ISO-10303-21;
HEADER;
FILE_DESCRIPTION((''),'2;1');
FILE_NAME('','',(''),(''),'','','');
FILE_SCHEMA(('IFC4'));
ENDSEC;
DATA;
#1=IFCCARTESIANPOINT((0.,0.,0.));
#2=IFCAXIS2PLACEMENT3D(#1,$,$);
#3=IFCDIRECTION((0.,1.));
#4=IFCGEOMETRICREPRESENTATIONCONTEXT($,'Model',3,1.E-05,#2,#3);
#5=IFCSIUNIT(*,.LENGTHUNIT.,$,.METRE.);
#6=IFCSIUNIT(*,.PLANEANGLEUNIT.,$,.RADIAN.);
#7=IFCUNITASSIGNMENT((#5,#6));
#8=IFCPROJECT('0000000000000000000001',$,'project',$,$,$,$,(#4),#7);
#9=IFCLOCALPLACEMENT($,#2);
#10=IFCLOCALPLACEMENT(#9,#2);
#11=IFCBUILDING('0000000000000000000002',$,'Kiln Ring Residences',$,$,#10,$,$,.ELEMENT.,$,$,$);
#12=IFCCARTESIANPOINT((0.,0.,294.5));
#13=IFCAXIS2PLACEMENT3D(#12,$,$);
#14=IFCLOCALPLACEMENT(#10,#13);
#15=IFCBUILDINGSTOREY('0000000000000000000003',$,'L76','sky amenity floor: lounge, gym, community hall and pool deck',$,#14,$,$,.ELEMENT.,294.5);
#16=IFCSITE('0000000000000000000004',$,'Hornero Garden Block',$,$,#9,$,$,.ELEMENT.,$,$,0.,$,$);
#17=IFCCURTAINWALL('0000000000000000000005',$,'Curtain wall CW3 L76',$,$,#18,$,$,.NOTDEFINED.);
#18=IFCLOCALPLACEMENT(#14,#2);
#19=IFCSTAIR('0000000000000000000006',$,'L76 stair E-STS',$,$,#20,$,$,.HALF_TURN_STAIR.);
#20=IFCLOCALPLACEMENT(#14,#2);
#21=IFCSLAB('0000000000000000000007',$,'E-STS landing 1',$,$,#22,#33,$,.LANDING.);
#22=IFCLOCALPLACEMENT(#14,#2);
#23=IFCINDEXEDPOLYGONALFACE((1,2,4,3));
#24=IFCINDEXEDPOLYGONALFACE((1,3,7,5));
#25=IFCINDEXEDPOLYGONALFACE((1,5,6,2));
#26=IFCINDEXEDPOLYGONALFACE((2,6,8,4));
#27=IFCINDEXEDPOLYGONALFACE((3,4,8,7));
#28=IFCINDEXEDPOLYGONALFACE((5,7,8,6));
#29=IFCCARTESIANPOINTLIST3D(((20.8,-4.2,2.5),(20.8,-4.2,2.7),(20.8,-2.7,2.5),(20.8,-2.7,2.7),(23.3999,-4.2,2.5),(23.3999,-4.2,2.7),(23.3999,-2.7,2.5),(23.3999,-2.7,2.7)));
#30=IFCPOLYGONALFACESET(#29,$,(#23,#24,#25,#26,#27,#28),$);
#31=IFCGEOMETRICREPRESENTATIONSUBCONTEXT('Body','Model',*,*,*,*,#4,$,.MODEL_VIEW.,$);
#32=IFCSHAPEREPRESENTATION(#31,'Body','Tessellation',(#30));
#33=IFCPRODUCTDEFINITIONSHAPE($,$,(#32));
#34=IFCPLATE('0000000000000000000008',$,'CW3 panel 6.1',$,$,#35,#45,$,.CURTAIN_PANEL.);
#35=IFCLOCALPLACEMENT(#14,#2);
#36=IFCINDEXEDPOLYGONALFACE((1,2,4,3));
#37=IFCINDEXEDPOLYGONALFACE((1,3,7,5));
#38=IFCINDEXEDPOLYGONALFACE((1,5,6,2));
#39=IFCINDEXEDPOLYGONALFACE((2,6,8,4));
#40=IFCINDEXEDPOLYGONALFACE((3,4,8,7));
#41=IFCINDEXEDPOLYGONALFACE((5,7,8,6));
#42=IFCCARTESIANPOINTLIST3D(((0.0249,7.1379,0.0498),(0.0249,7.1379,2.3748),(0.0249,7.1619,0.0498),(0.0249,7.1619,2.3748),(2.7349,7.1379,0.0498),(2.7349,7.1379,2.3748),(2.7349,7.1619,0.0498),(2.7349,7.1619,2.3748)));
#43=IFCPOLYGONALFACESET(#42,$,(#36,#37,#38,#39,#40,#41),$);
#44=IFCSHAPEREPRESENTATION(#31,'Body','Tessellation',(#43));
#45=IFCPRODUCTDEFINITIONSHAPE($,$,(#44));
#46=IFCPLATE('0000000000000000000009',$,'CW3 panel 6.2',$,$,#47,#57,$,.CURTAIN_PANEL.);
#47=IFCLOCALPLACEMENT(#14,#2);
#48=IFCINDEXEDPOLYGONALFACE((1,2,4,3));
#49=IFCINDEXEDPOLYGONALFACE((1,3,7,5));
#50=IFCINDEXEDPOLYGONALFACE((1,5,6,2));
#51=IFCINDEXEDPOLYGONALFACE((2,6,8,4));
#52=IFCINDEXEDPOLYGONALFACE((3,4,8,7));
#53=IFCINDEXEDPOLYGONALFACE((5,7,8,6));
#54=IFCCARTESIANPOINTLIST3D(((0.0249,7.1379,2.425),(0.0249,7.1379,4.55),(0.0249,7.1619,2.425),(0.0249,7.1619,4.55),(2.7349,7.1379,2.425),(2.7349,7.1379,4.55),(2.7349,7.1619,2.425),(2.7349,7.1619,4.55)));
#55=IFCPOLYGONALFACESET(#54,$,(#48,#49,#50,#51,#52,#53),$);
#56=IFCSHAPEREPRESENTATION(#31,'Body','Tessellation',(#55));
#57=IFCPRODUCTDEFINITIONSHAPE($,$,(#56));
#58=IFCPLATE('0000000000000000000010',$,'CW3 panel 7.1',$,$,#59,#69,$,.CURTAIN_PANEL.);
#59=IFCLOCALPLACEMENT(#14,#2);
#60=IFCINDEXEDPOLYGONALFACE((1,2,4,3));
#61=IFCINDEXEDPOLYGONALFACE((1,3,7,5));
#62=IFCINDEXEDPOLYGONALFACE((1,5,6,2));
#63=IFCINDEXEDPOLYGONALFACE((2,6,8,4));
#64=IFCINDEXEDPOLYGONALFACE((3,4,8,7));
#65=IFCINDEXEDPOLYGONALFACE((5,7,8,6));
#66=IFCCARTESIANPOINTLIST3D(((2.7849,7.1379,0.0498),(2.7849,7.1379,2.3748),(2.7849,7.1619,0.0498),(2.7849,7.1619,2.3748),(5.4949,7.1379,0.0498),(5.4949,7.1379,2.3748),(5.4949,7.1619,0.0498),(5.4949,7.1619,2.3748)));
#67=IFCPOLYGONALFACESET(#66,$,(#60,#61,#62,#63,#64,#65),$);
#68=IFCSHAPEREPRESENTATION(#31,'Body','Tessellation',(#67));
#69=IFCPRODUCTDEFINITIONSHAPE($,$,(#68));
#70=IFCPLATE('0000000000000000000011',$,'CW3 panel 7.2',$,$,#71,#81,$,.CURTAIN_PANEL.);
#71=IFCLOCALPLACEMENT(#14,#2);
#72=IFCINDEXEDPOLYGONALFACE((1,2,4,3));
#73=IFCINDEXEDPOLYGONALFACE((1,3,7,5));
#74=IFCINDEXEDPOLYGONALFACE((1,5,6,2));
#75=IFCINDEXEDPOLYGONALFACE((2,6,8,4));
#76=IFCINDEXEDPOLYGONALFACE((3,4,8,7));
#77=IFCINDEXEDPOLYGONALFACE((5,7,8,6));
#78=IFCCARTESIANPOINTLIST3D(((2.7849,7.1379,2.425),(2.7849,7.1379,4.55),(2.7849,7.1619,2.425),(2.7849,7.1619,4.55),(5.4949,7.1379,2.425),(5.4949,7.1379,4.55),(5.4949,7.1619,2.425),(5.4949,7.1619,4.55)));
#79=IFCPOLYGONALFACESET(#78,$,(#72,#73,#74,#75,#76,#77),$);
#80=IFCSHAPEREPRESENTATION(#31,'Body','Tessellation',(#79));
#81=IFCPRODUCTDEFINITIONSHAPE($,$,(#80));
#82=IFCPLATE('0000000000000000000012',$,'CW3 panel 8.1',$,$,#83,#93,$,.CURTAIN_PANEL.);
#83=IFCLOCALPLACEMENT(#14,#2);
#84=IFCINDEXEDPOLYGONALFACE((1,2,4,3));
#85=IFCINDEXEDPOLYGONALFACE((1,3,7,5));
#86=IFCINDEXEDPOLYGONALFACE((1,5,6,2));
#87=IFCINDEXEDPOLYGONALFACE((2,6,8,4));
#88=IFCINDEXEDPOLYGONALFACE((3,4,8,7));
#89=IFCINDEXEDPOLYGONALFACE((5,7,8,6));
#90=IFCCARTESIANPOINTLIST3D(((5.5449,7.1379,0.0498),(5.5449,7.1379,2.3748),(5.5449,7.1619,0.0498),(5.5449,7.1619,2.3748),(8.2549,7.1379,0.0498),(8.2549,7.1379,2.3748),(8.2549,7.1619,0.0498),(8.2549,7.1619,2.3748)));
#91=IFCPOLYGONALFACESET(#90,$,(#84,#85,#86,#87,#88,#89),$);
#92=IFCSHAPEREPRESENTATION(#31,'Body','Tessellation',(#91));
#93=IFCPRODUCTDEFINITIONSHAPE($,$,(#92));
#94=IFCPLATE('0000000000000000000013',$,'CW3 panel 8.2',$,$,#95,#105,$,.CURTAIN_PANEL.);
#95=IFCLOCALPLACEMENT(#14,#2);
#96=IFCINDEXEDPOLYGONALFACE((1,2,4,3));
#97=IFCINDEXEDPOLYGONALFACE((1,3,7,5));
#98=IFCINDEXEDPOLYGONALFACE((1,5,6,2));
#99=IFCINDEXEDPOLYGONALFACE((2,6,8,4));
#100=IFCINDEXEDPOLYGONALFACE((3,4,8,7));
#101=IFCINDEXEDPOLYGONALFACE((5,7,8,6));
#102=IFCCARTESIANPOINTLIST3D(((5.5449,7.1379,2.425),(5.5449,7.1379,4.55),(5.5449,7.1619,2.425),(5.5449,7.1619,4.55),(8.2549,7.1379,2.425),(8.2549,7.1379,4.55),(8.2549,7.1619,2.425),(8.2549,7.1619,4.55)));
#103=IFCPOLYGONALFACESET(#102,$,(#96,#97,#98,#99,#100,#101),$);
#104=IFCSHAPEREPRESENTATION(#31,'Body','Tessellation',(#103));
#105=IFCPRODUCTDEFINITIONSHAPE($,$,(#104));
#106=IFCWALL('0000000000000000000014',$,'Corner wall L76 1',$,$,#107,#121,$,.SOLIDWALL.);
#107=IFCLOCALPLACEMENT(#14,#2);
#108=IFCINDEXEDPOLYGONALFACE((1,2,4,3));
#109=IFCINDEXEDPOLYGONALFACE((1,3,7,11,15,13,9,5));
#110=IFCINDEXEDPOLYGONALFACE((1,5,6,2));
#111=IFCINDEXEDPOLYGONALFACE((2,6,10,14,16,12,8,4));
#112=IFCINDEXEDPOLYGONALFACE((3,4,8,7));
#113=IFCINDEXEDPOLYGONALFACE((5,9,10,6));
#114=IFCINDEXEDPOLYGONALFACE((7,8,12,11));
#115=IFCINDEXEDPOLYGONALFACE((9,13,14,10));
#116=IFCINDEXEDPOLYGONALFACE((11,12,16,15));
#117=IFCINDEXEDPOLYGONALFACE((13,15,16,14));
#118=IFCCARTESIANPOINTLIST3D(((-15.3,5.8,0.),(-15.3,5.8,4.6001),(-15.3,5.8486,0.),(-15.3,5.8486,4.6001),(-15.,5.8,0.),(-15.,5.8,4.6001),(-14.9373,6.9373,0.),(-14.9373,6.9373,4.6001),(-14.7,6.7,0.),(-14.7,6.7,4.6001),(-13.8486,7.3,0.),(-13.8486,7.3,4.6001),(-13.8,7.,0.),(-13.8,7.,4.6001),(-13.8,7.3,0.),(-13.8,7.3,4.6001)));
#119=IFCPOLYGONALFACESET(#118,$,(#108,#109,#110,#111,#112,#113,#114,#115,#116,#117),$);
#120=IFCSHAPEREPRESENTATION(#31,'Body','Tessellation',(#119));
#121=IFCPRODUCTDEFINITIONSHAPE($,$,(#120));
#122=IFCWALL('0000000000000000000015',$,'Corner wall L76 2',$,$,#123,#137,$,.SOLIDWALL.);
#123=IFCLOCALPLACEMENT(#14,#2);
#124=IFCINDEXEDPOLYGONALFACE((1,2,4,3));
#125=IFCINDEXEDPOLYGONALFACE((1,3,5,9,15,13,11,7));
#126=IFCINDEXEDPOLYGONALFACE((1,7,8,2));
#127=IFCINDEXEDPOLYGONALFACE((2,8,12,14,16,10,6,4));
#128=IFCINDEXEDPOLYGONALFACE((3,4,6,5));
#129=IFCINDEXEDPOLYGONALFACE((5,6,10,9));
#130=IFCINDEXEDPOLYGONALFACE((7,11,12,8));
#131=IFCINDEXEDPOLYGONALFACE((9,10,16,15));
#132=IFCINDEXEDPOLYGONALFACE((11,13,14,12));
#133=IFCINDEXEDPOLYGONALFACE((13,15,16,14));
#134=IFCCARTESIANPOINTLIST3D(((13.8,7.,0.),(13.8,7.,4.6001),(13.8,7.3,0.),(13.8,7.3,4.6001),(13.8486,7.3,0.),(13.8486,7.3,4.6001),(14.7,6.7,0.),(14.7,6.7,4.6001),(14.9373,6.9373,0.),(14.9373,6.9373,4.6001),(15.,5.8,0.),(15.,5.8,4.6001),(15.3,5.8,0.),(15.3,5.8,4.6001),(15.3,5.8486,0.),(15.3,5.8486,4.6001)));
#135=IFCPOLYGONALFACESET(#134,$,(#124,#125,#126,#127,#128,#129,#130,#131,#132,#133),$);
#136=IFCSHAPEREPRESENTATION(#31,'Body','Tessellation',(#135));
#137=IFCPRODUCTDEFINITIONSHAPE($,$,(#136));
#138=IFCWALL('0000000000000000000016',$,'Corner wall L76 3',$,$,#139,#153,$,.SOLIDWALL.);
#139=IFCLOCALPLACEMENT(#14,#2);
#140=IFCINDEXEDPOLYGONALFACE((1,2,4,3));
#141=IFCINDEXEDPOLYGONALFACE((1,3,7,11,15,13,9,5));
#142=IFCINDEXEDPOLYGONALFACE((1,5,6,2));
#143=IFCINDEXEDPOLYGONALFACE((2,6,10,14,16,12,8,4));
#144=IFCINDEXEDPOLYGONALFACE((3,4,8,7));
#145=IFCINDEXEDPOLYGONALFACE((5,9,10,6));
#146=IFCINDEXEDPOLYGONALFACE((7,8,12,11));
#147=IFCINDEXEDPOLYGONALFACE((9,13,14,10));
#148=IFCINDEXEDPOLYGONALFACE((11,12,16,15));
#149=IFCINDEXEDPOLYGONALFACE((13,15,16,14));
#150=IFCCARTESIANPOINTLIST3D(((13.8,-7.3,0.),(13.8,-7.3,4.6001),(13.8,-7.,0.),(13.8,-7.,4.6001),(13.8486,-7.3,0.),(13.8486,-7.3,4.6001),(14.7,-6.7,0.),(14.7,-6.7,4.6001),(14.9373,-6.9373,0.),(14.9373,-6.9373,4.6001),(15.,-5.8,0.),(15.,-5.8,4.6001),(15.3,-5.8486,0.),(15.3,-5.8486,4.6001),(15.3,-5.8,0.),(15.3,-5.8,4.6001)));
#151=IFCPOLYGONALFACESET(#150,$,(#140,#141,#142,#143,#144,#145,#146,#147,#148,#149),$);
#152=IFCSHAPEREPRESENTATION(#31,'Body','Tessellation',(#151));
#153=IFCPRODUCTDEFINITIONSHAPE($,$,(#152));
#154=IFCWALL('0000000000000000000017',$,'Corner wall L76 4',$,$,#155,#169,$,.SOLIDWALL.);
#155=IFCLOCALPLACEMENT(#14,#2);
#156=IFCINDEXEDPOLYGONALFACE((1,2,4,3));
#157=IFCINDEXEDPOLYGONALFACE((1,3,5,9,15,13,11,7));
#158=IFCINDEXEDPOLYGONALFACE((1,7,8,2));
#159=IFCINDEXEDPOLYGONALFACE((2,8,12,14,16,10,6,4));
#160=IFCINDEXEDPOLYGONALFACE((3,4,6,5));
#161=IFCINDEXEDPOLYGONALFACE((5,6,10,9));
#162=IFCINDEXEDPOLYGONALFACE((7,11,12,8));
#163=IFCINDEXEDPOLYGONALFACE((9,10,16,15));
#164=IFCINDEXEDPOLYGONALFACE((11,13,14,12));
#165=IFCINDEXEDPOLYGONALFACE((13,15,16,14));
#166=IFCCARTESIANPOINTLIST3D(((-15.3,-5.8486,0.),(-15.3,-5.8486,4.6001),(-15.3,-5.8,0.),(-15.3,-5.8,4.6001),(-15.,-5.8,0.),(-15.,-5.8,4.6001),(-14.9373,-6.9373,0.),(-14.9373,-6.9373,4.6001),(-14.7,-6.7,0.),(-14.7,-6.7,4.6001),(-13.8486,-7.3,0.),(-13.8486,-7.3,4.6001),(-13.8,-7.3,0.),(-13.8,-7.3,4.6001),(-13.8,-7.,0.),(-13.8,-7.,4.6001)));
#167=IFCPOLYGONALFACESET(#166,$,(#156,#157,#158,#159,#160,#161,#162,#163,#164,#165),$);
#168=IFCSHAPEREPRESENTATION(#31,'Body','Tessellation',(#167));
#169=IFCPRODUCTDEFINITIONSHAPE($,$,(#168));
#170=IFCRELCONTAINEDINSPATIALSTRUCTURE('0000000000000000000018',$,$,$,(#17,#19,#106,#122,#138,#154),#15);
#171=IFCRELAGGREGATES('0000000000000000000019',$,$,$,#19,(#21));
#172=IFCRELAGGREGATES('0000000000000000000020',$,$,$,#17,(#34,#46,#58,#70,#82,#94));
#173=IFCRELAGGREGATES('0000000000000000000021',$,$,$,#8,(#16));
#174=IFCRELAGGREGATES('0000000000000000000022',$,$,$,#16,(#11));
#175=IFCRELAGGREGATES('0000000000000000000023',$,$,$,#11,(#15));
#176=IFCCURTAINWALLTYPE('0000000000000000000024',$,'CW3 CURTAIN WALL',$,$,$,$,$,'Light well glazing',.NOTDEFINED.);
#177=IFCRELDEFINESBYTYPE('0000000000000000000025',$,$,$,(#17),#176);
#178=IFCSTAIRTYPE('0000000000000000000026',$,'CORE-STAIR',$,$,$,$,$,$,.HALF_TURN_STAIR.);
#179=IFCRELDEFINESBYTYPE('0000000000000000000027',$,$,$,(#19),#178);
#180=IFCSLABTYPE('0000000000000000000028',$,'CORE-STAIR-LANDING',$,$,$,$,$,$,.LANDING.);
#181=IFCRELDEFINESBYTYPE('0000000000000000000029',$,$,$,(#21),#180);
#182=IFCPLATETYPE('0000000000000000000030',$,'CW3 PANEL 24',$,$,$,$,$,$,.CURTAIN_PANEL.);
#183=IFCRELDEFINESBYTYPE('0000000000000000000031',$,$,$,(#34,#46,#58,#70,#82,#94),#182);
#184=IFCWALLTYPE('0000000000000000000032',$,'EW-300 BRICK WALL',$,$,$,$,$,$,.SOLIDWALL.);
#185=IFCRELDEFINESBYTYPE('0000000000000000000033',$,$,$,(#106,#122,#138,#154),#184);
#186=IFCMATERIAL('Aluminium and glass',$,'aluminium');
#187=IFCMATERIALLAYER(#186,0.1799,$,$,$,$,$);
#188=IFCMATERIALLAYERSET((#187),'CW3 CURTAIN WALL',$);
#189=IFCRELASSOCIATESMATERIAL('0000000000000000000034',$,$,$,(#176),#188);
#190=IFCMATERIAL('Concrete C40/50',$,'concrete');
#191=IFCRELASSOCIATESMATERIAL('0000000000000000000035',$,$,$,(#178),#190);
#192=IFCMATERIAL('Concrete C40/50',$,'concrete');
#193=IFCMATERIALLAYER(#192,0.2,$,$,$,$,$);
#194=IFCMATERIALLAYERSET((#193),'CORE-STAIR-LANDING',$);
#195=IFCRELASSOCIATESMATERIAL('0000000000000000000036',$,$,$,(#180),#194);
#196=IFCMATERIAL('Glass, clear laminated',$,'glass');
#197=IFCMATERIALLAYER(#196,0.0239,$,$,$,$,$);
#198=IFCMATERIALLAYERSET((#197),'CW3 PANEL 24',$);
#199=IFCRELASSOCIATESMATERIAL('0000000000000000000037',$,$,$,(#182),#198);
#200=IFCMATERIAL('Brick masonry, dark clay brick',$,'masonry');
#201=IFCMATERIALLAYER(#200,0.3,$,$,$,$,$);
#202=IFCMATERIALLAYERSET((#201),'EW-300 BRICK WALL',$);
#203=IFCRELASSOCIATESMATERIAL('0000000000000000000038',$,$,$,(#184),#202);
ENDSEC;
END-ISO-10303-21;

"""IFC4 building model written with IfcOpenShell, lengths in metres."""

from ifc_helpers import new_model, si_unit, direction, frame, origin, origin_2d, place, context, subcontext, project, spatial, polyline, rectangle, outline, extrude, material, layer, layer_set, type_object, element, aggregate, save


model = new_model("IFC4")

# Units and contexts
model_context = context("Model", 3, precision=1e-05, world=origin(), true_north=direction((0.0, 1.0)))
body_context = subcontext(model_context, "Body", "Model", "MODEL_VIEW")
ifc_project = project(units=[si_unit("LENGTHUNIT", "METRE"), si_unit("PLANEANGLEUNIT", "RADIAN")], contexts=[model_context])

# Site, building, storey
site_placement = place(None, origin())
site = spatial("IfcSite", under=ifc_project, at=site_placement, Name="Hornero Garden Block", CompositionType="ELEMENT", RefElevation=0.0)
building_placement = place(site_placement, origin())
building = spatial("IfcBuilding", under=site, at=building_placement, Name="Kiln Ring Residences", CompositionType="ELEMENT")
storey_placement = place(building_placement, frame((0.0, 0.0, 294.5)))
storey = spatial("IfcBuildingStorey", under=building, at=storey_placement, Name="L76", Description="sky amenity floor: lounge, gym, community hall and pool deck", CompositionType="ELEMENT", Elevation=294.5)

# Curtain wall
ifc_material_1 = material(Name="Aluminium and glass", Category="aluminium")
ifc_layer_1 = layer(ifc_material_1, 0.1799)
ifc_layer_set_1 = layer_set([ifc_layer_1], Name="CW3 CURTAIN WALL")
curtain_wall_type = type_object("IfcCurtainWallType", Name="CW3 CURTAIN WALL", ElementType="Light well glazing", PredefinedType="NOTDEFINED", material=ifc_layer_set_1)
placement = place(storey_placement, origin())
curtain_wall = element("IfcCurtainWall", 1, at=placement, inside=storey, type_object=curtain_wall_type, Name="Curtain wall CW3 L76", PredefinedType="NOTDEFINED")

# Stair, slab
ifc_material_2 = material(Name="Concrete C40/50", Category="concrete")
stair_type = type_object("IfcStairType", Name="CORE-STAIR", PredefinedType="HALF_TURN_STAIR", material=ifc_material_2)
stair = element("IfcStair", 2, at=placement, inside=storey, type_object=stair_type, Name="L76 stair E-STS", PredefinedType="HALF_TURN_STAIR")
ifc_material_3 = material(Name="Concrete C40/50", Category="concrete")
ifc_layer_2 = layer(ifc_material_3, 0.2)
ifc_layer_set_2 = layer_set([ifc_layer_2], Name="CORE-STAIR-LANDING")
slab_type = type_object("IfcSlabType", Name="CORE-STAIR-LANDING", PredefinedType="LANDING", material=ifc_layer_set_2)
slab_placement = place(storey_placement, frame((0.0, 0.0, 2.5)))
slab = element("IfcSlab", 3, at=slab_placement, type_object=slab_type, Name="E-STS landing 1", PredefinedType="LANDING", context=body_context, shape_type="SweptSolid", body=[
    extrude(outline(polyline([(23.3999, -4.2), (23.3999, -2.7), (20.8, -2.7), (20.8, -4.2), (23.3999, -4.2)])), origin(), (0.0, 0.0, 1.0), 0.2),
])
aggregate(stair, [slab])

# Plates
ifc_material_4 = material(Name="Glass, clear laminated", Category="glass")
ifc_layer_3 = layer(ifc_material_4, 0.0239)
ifc_layer_set_3 = layer_set([ifc_layer_3], Name="CW3 PANEL 24")
plate_type = type_object("IfcPlateType", Name="CW3 PANEL 24", PredefinedType="CURTAIN_PANEL", material=ifc_layer_set_3)
plate_1_placement = place(storey_placement, frame((1.3799, 7.1499, 0.0498), z_axis=(0.0, 0.0, 1.0), x_axis=(1.0, 0.0, 0.0)))
plate_1 = element("IfcPlate", 4, at=plate_1_placement, type_object=plate_type, Name="CW3 panel 6.1", PredefinedType="CURTAIN_PANEL", context=body_context, shape_type="SweptSolid", body=[
    extrude(rectangle(XDim=2.71, YDim=0.0239, at=origin_2d()), origin(), (0.0, 0.0, 1.0), 2.325),
])
plate_2_placement = place(storey_placement, frame((1.3799, 7.1499, 2.425), z_axis=(0.0, 0.0, 1.0), x_axis=(1.0, 0.0, 0.0)))
plate_2 = element("IfcPlate", 5, at=plate_2_placement, type_object=plate_type, Name="CW3 panel 6.2", PredefinedType="CURTAIN_PANEL", context=body_context, shape_type="SweptSolid", body=[
    extrude(rectangle(XDim=2.71, YDim=0.0239, at=origin_2d()), origin(), (0.0, 0.0, 1.0), 2.125),
])
plate_3_placement = place(storey_placement, frame((4.1399, 7.1499, 0.0498), z_axis=(0.0, 0.0, 1.0), x_axis=(1.0, 0.0, 0.0)))
plate_3 = element("IfcPlate", 6, at=plate_3_placement, type_object=plate_type, Name="CW3 panel 7.1", PredefinedType="CURTAIN_PANEL", context=body_context, shape_type="SweptSolid", body=[
    extrude(rectangle(XDim=2.71, YDim=0.0239, at=origin_2d()), origin(), (0.0, 0.0, 1.0), 2.325),
])
plate_4_placement = place(storey_placement, frame((4.1399, 7.1499, 2.425), z_axis=(0.0, 0.0, 1.0), x_axis=(1.0, 0.0, 0.0)))
plate_4 = element("IfcPlate", 7, at=plate_4_placement, type_object=plate_type, Name="CW3 panel 7.2", PredefinedType="CURTAIN_PANEL", context=body_context, shape_type="SweptSolid", body=[
    extrude(rectangle(XDim=2.71, YDim=0.0239, at=origin_2d()), origin(), (0.0, 0.0, 1.0), 2.125),
])
plate_5_placement = place(storey_placement, frame((6.8999, 7.1499, 0.0498), z_axis=(0.0, 0.0, 1.0), x_axis=(1.0, 0.0, 0.0)))
plate_5 = element("IfcPlate", 8, at=plate_5_placement, type_object=plate_type, Name="CW3 panel 8.1", PredefinedType="CURTAIN_PANEL", context=body_context, shape_type="SweptSolid", body=[
    extrude(rectangle(XDim=2.71, YDim=0.0239, at=origin_2d()), origin(), (0.0, 0.0, 1.0), 2.325),
])
plate_6_placement = place(storey_placement, frame((6.8999, 7.1499, 2.425), z_axis=(0.0, 0.0, 1.0), x_axis=(1.0, 0.0, 0.0)))
plate_6 = element("IfcPlate", 9, at=plate_6_placement, type_object=plate_type, Name="CW3 panel 8.2", PredefinedType="CURTAIN_PANEL", context=body_context, shape_type="SweptSolid", body=[
    extrude(rectangle(XDim=2.71, YDim=0.0239, at=origin_2d()), origin(), (0.0, 0.0, 1.0), 2.125),
])
aggregate(curtain_wall, [plate_1, plate_2, plate_3, plate_4, plate_5, plate_6])

# Walls
ifc_material_5 = material(Name="Brick masonry, dark clay brick", Category="masonry")
ifc_layer_4 = layer(ifc_material_5, 0.3)
ifc_layer_set_4 = layer_set([ifc_layer_4], Name="EW-300 BRICK WALL")
wall_type = type_object("IfcWallType", Name="EW-300 BRICK WALL", PredefinedType="SOLIDWALL", material=ifc_layer_set_4)
element("IfcWall", 10, at=placement, inside=storey, type_object=wall_type, Name="Corner wall L76 1", PredefinedType="SOLIDWALL", context=body_context, shape_type="SweptSolid", body=[
    extrude(outline(polyline([(-13.8486, 7.3), (-14.9373, 6.9373), (-15.3, 5.8486), (-15.3, 5.8), (-15.0, 5.8), (-14.7, 6.7), (-13.8, 7.0), (-13.8, 7.3), (-13.8486, 7.3)])), origin(), (0.0, 0.0, 1.0), 4.6001),
])
element("IfcWall", 11, at=placement, inside=storey, type_object=wall_type, Name="Corner wall L76 2", PredefinedType="SOLIDWALL", context=body_context, shape_type="SweptSolid", body=[
    extrude(outline(polyline([(14.9373, 6.9373), (13.8486, 7.3), (13.8, 7.3), (13.8, 7.0), (14.7, 6.7), (15.0, 5.8), (15.3, 5.8), (15.3, 5.8486), (14.9373, 6.9373)])), origin(), (0.0, 0.0, 1.0), 4.6001),
])
element("IfcWall", 12, at=placement, inside=storey, type_object=wall_type, Name="Corner wall L76 3", PredefinedType="SOLIDWALL", context=body_context, shape_type="SweptSolid", body=[
    extrude(outline(polyline([(14.9373, -6.9373), (15.3, -5.8486), (15.3, -5.8), (15.0, -5.8), (14.7, -6.7), (13.8, -7.0), (13.8, -7.3), (13.8486, -7.3), (14.9373, -6.9373)])), origin(), (0.0, 0.0, 1.0), 4.6001),
])
element("IfcWall", 13, at=placement, inside=storey, type_object=wall_type, Name="Corner wall L76 4", PredefinedType="SOLIDWALL", context=body_context, shape_type="SweptSolid", body=[
    extrude(outline(polyline([(-14.9373, -6.9373), (-13.8486, -7.3), (-13.8, -7.3), (-13.8, -7.0), (-14.7, -6.7), (-15.0, -5.8), (-15.3, -5.8), (-15.3, -5.8486), (-14.9373, -6.9373)])), origin(), (0.0, 0.0, 1.0), 4.6001),
])

save(model, "model.ifc")
